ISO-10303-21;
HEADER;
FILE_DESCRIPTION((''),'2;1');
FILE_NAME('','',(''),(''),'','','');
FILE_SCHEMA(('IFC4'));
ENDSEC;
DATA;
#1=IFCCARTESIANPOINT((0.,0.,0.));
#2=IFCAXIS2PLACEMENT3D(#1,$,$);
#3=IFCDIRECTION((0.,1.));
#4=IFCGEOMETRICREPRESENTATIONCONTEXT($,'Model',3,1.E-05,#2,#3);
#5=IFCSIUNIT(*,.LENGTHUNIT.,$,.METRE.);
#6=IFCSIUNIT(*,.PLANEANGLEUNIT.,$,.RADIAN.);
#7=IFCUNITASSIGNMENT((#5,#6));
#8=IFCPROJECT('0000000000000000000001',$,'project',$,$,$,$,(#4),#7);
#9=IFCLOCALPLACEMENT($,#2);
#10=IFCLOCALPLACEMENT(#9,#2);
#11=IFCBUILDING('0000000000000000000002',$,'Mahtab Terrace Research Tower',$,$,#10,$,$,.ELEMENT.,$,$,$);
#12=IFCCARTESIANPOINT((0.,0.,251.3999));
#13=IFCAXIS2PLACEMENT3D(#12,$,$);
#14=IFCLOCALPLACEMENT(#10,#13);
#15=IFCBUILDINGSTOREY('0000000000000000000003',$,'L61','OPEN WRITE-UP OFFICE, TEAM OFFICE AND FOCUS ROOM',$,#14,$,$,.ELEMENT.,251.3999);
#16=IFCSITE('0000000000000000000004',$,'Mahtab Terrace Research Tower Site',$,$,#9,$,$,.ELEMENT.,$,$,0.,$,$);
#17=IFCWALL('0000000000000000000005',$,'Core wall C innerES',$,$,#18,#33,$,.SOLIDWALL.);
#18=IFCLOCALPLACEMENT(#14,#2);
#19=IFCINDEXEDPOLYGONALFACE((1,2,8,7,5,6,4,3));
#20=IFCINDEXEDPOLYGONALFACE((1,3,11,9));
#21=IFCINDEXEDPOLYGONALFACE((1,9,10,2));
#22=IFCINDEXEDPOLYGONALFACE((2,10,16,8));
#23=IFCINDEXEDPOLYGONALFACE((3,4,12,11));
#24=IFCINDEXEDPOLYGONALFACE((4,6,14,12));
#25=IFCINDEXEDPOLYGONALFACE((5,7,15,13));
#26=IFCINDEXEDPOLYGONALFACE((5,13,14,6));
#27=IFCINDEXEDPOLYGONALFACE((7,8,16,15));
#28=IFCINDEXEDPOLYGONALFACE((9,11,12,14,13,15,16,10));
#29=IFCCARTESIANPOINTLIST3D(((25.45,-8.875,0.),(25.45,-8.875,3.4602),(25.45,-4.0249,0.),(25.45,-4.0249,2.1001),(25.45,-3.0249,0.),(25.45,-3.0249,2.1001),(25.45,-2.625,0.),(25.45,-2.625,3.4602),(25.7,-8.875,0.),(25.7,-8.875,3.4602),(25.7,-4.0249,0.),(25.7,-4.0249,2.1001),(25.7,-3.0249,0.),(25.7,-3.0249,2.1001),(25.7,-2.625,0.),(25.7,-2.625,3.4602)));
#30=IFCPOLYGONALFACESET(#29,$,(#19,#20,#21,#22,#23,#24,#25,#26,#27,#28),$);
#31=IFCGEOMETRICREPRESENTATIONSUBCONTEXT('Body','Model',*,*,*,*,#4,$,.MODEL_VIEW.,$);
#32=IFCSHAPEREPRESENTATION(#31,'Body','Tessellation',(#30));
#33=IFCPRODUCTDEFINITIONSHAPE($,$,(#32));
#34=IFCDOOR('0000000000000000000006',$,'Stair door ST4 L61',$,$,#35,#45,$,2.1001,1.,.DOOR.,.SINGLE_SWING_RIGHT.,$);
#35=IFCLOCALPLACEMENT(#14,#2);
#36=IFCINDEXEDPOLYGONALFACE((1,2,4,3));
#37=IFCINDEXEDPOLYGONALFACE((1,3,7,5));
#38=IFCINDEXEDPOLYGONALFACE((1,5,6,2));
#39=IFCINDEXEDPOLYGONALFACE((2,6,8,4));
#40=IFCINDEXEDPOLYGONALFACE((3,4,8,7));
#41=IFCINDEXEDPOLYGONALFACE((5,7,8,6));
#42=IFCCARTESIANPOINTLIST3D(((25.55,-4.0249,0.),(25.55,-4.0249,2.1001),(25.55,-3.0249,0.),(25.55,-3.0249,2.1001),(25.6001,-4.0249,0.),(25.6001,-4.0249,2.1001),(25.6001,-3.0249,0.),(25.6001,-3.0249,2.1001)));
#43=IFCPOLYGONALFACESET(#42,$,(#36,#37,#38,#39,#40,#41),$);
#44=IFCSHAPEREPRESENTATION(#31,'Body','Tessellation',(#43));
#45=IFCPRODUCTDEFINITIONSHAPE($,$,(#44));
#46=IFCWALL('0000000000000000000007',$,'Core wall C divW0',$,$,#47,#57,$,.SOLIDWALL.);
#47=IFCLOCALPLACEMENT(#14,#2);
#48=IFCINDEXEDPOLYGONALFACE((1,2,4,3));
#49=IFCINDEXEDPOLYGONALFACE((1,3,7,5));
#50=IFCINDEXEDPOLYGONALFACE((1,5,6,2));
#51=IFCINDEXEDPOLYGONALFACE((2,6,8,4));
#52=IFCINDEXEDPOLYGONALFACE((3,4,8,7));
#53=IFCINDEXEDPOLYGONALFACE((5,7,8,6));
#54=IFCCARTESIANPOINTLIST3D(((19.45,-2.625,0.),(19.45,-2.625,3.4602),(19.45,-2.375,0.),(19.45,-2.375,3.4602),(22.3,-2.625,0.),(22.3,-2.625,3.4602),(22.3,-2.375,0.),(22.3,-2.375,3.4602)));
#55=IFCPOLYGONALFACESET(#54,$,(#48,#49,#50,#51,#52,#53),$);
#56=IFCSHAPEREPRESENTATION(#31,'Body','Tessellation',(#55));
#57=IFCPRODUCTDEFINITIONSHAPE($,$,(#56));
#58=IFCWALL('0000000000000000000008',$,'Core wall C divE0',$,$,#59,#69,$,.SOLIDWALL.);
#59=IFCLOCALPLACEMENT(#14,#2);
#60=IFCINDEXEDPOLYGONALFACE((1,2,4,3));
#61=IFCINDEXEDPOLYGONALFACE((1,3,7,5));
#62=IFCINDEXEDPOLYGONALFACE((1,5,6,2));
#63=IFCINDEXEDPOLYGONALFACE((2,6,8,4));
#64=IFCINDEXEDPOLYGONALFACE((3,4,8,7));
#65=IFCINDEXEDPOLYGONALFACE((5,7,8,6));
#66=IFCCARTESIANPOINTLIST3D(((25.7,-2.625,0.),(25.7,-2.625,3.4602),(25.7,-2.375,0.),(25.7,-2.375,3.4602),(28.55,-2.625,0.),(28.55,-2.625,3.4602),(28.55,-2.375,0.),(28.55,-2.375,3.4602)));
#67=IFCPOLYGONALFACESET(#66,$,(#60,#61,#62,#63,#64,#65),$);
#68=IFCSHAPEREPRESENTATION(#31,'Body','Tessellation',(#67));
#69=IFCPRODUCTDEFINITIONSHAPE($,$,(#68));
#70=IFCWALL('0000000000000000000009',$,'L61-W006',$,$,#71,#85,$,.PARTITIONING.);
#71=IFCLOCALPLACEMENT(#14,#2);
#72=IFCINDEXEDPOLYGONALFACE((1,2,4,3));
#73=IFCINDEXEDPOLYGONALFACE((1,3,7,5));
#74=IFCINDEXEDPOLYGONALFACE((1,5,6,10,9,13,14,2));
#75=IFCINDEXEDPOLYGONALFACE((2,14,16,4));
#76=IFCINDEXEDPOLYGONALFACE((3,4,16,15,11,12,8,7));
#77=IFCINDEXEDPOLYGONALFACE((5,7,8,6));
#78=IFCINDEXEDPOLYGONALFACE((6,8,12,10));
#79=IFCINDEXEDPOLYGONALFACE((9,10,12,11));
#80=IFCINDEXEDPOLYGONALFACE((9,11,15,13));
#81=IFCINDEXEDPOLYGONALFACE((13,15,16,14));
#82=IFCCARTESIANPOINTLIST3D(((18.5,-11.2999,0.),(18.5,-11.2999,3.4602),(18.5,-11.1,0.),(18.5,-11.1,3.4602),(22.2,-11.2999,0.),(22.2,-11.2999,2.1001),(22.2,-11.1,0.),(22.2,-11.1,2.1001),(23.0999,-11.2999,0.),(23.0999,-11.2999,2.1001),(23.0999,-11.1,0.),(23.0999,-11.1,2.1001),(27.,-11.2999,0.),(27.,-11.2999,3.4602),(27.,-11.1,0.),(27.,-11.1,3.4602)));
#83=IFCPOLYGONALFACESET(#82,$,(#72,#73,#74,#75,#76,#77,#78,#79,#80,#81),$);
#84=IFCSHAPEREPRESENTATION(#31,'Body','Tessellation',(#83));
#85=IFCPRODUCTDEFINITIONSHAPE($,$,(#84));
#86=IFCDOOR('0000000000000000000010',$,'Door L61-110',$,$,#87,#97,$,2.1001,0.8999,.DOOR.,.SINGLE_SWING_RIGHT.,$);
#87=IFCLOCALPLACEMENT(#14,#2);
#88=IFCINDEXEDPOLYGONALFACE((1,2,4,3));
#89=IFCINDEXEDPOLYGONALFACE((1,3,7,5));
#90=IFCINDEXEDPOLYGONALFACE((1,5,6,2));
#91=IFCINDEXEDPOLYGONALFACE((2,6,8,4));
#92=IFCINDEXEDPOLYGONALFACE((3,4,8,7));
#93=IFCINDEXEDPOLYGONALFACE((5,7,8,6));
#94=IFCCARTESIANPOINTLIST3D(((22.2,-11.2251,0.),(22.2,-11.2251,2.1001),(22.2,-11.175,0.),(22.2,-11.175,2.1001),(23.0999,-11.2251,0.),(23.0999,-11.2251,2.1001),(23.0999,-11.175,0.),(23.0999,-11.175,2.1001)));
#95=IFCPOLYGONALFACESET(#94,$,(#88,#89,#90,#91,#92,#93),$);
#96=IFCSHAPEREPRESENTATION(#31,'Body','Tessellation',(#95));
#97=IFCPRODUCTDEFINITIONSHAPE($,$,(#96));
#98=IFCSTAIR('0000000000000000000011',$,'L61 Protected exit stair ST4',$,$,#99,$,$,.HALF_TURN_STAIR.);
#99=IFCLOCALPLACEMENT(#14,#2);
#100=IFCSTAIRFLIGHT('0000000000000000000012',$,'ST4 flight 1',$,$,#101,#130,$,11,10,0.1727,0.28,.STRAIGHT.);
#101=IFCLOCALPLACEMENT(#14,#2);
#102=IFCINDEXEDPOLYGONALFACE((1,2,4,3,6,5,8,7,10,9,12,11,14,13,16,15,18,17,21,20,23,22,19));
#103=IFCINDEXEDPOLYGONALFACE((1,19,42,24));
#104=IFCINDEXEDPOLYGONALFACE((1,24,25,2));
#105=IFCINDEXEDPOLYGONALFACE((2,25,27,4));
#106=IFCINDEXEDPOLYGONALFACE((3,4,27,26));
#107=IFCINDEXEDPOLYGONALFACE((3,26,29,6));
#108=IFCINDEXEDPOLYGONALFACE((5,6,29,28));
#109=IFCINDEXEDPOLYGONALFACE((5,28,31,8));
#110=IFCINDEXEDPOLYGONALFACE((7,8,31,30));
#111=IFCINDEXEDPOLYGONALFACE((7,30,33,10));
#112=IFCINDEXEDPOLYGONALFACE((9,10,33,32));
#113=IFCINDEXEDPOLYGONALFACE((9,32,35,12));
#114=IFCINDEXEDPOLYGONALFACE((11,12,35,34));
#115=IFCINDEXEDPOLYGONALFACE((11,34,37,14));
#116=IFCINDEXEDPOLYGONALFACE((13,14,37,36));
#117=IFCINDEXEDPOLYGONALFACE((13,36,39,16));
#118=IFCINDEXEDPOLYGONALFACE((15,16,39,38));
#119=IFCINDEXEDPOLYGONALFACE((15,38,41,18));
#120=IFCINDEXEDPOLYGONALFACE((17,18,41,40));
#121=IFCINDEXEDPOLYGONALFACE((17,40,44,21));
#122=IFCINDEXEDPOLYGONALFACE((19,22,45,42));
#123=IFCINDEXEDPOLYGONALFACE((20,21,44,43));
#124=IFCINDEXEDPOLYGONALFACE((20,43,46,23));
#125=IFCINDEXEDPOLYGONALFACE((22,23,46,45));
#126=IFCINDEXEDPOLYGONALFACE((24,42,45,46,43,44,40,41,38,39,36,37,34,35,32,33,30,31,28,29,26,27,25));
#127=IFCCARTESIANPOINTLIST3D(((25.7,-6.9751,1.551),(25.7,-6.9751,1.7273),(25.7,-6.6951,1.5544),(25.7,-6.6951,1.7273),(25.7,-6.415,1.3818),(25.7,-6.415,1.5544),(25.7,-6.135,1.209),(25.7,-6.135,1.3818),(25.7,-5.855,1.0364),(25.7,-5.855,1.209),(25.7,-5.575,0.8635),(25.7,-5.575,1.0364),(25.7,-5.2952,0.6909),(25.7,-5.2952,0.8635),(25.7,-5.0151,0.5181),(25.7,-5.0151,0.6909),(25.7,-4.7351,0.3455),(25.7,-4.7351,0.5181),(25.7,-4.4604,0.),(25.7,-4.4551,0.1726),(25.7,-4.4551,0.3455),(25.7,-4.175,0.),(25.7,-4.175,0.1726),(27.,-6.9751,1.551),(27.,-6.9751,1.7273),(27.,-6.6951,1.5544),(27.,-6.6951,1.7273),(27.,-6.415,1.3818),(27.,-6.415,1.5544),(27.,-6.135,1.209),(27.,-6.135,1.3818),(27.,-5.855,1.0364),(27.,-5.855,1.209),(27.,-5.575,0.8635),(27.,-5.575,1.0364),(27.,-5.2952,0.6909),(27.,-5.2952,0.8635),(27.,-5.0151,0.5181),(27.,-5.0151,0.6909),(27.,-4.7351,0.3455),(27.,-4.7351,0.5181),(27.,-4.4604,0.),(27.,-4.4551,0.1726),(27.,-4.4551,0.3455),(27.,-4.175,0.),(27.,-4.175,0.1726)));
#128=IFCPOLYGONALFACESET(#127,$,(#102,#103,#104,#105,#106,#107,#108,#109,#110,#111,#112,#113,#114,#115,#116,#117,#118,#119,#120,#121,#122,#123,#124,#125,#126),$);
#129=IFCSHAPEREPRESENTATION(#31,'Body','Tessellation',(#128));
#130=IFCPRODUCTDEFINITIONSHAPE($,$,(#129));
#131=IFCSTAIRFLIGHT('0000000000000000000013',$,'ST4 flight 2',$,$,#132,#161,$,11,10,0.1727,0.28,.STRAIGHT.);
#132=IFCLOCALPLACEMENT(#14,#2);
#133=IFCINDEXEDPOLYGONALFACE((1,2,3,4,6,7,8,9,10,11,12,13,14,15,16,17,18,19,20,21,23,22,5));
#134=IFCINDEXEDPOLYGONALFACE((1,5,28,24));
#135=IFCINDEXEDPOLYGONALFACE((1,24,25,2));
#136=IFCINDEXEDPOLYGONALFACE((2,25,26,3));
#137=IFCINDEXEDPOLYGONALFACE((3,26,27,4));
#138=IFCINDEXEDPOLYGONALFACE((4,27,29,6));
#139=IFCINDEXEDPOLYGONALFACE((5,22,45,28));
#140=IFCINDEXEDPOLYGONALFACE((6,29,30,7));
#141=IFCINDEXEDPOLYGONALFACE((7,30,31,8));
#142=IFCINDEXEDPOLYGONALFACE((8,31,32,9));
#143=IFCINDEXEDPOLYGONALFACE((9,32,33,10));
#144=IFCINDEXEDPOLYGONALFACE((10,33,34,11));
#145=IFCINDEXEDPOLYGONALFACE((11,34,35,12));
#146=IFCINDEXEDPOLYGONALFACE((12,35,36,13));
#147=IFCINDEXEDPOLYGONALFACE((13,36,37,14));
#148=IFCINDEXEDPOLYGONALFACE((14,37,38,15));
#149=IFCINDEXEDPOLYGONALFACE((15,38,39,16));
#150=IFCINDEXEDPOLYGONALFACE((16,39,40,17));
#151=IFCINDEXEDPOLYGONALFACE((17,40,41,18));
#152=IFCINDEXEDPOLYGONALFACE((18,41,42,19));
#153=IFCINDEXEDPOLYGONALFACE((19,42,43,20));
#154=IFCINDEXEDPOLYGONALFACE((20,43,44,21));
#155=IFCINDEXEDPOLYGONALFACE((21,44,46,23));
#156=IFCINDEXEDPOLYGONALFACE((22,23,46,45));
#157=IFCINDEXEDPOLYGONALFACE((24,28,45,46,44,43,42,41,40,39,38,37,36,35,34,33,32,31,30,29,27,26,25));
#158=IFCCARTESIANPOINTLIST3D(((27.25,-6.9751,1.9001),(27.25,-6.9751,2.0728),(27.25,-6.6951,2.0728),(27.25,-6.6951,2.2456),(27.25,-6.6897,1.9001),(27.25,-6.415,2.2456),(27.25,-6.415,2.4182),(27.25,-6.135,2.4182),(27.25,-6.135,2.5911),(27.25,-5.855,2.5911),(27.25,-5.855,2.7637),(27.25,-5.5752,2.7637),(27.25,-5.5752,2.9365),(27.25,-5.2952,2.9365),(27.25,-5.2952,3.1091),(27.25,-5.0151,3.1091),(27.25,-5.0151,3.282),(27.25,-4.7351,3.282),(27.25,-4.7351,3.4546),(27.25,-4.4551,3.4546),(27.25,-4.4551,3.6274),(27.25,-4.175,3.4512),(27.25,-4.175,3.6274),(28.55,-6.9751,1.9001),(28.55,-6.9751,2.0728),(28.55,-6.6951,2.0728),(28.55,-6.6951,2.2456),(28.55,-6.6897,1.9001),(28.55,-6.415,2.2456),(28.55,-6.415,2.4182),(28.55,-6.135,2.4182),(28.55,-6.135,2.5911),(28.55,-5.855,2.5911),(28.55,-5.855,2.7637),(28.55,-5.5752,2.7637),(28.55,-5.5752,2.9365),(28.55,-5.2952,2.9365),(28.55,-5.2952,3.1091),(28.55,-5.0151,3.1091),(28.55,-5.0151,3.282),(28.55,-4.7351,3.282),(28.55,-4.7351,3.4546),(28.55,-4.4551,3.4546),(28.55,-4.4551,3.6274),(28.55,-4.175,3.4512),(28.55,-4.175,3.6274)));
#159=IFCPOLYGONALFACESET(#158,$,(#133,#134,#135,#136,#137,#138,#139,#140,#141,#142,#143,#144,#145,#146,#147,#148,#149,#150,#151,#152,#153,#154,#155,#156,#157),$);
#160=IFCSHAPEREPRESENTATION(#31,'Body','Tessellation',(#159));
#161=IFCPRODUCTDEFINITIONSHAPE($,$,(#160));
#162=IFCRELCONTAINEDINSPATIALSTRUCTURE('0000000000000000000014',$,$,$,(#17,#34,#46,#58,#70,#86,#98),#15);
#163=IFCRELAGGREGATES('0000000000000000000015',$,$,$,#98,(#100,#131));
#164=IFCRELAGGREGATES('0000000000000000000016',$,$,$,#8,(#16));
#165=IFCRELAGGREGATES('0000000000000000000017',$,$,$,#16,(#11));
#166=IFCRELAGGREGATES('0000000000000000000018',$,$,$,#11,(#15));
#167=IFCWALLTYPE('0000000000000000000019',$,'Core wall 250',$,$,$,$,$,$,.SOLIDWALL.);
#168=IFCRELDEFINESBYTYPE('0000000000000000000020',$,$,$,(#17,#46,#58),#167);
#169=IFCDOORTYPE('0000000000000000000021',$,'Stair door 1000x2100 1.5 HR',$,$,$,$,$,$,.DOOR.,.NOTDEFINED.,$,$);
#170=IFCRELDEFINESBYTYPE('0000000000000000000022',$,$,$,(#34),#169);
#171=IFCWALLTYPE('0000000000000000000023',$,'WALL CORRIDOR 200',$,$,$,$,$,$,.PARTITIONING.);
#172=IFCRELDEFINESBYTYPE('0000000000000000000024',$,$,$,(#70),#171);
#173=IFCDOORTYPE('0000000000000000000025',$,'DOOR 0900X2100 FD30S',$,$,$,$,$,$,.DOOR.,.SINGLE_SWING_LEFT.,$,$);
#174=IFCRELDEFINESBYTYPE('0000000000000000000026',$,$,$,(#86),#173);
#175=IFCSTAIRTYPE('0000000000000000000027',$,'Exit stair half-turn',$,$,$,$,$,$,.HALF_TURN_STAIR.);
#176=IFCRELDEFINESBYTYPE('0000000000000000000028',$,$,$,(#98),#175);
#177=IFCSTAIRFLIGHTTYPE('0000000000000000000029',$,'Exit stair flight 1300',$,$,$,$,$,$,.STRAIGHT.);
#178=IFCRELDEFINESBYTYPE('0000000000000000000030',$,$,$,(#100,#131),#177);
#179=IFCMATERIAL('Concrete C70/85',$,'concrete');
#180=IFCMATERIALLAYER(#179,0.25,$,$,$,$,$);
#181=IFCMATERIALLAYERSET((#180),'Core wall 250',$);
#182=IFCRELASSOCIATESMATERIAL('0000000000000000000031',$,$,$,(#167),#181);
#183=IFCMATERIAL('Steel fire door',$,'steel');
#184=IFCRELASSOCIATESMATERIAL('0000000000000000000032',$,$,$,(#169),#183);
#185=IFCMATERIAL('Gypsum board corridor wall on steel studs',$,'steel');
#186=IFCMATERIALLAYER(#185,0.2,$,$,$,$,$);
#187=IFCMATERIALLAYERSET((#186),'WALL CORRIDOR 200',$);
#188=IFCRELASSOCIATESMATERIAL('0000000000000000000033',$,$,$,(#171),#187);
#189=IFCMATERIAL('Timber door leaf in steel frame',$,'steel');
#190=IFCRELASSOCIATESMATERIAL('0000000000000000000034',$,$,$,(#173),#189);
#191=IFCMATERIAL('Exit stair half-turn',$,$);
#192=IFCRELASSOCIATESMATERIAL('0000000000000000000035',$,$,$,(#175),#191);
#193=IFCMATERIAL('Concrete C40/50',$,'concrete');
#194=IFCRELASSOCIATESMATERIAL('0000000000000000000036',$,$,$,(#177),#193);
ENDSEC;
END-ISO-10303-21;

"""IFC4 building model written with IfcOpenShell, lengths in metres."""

from ifc_helpers import new_model, si_unit, direction, frame, frame_2d, origin, place, context, subcontext, project, spatial, polyline, rectangle, outline, extrude, material, layer, layer_set, type_object, element, fill, aggregate, save


model = new_model("IFC4")

# Units and contexts
model_context = context("Model", 3, precision=1e-05, world=origin(), true_north=direction((0.0, 1.0)))
body_context = subcontext(model_context, "Body", "Model", "MODEL_VIEW")
ifc_project = project(units=[si_unit("LENGTHUNIT", "METRE"), si_unit("PLANEANGLEUNIT", "RADIAN")], contexts=[model_context])

# Site, building, storey
site_placement = place(None, origin())
site = spatial("IfcSite", under=ifc_project, at=site_placement, Name="Mahtab Terrace Research Tower Site", CompositionType="ELEMENT", RefElevation=0.0)
building_placement = place(site_placement, origin())
building = spatial("IfcBuilding", under=site, at=building_placement, Name="Mahtab Terrace Research Tower", CompositionType="ELEMENT")
storey_placement = place(building_placement, frame((0.0, 0.0, 251.3999)))
storey = spatial("IfcBuildingStorey", under=building, at=storey_placement, Name="L61", Description="OPEN WRITE-UP OFFICE, TEAM OFFICE AND FOCUS ROOM", CompositionType="ELEMENT", Elevation=251.3999)

# Shared definitions
ifc_material_1 = material(Name="Concrete C70/85", Category="concrete")

# Shared definitions
ifc_layer_1 = layer(ifc_material_1, 0.25)
ifc_layer_set_1 = layer_set([ifc_layer_1], Name="Core wall 250")
wall_type_1 = type_object("IfcWallType", Name="Core wall 250", PredefinedType="SOLIDWALL", material=ifc_layer_set_1)
ifc_material_2 = material(Name="Steel fire door", Category="steel")

# Wall, opening, door
wall_1_placement = place(storey_placement, frame((25.575, -8.875, 0.0), z_axis=(0.0, 0.0, 1.0), x_axis=(0.0, 1.0, 0.0)))
wall_1 = element("IfcWall", 1, at=wall_1_placement, inside=storey, type_object=wall_type_1, Name="Core wall C innerES", PredefinedType="SOLIDWALL", context=body_context, shape_type="SweptSolid", body=[
    extrude(rectangle(XDim=6.25, YDim=0.25, at=frame_2d((3.125, 0.0))), origin(), (0.0, 0.0, 1.0), 3.4602),
])
opening_1_placement = place(wall_1_placement, frame((4.8501, 0.0, 0.0)))
opening_1 = element("IfcOpeningElement", 2, at=opening_1_placement, cuts=wall_1, PredefinedType="OPENING", context=body_context, shape_type="SweptSolid", body=[
    extrude(rectangle(XDim=1.0, YDim=2.1001, at=frame_2d((0.5, 1.05))), frame((0.0, 0.135, 0.0), z_axis=(0.0, -1.0, 0.0), x_axis=(1.0, 0.0, 0.0)), (0.0, 0.0, 1.0), 0.27),
])
door_type_1 = type_object("IfcDoorType", Name="Stair door 1000x2100 1.5 HR", OperationType="NOTDEFINED", PredefinedType="DOOR", material=ifc_material_2)
door_1_placement = place(opening_1_placement, origin())
door_1 = element("IfcDoor", 3, at=door_1_placement, inside=storey, type_object=door_type_1, Name="Stair door ST4 L61", OperationType="SINGLE_SWING_RIGHT", OverallHeight=2.1001, OverallWidth=1.0, PredefinedType="DOOR", context=body_context, shape_type="SweptSolid", body=[
    extrude(rectangle(XDim=1.0, YDim=2.1001, at=frame_2d((0.5, 1.05))), frame((0.0, 0.0249, 0.0), z_axis=(0.0, -1.0, 0.0), x_axis=(1.0, 0.0, 0.0)), (0.0, 0.0, 1.0), 0.05),
])
fill(opening_1, door_1)

# Walls
for number, where, z_axis, x_axis, name in (
    (4, (19.45, -2.5, 0.0), (0.0, 0.0, 1.0), (1.0, 0.0, 0.0), "Core wall C divW0"),
    (5, (25.7, -2.5, 0.0), (0.0, 0.0, 1.0), (1.0, 0.0, 0.0), "Core wall C divE0"),
):
    element("IfcWall", number, at=place(storey_placement, frame(where, z_axis=z_axis, x_axis=x_axis)), inside=storey, type_object=wall_type_1, Name=name, PredefinedType="SOLIDWALL", context=body_context, shape_type="SweptSolid", body=[
        extrude(rectangle(XDim=2.8501, YDim=0.25, at=frame_2d((1.425, 0.0))), origin(), (0.0, 0.0, 1.0), 3.4602),
    ])

# Wall, opening, door
ifc_material_3 = material(Name="Gypsum board corridor wall on steel studs", Category="steel")
ifc_layer_2 = layer(ifc_material_3, 0.2)
ifc_layer_set_2 = layer_set([ifc_layer_2], Name="WALL CORRIDOR 200")
wall_type_2 = type_object("IfcWallType", Name="WALL CORRIDOR 200", PredefinedType="PARTITIONING", material=ifc_layer_set_2)
wall_2_placement = place(storey_placement, frame((18.5, -11.2, 0.0), z_axis=(0.0, 0.0, 1.0), x_axis=(1.0, 0.0, 0.0)))
wall_2 = element("IfcWall", 6, at=wall_2_placement, inside=storey, type_object=wall_type_2, Name="L61-W006", PredefinedType="PARTITIONING", context=body_context, shape_type="SweptSolid", body=[
    extrude(rectangle(XDim=8.5, YDim=0.2, at=frame_2d((4.25, 0.0))), origin(), (0.0, 0.0, 1.0), 3.4602),
])
opening_2_placement = place(wall_2_placement, frame((3.7, 0.0, 0.0)))
opening_2 = element("IfcOpeningElement", 7, at=opening_2_placement, cuts=wall_2, PredefinedType="OPENING", context=body_context, shape_type="SweptSolid", body=[
    extrude(rectangle(XDim=0.8999, YDim=2.1001, at=frame_2d((0.45, 1.05))), frame((0.0, 0.1099, 0.0), z_axis=(0.0, -1.0, 0.0), x_axis=(1.0, 0.0, 0.0)), (0.0, 0.0, 1.0), 0.22),
])
ifc_material_4 = material(Name="Timber door leaf in steel frame", Category="steel")
door_type_2 = type_object("IfcDoorType", Name="DOOR 0900X2100 FD30S", OperationType="SINGLE_SWING_LEFT", PredefinedType="DOOR", material=ifc_material_4)
door_2_placement = place(opening_2_placement, origin())
door_2 = element("IfcDoor", 8, at=door_2_placement, inside=storey, type_object=door_type_2, Name="Door L61-110", OperationType="SINGLE_SWING_RIGHT", OverallHeight=2.1001, OverallWidth=0.8999, PredefinedType="DOOR", context=body_context, shape_type="SweptSolid", body=[
    extrude(rectangle(XDim=0.8999, YDim=2.1001, at=frame_2d((0.45, 1.05))), frame((0.0, 0.0249, 0.0), z_axis=(0.0, -1.0, 0.0), x_axis=(1.0, 0.0, 0.0)), (0.0, 0.0, 1.0), 0.05),
])
fill(opening_2, door_2)

# Stair, stair flights
ifc_material_5 = material(Name="Exit stair half-turn")
stair_type = type_object("IfcStairType", Name="Exit stair half-turn", PredefinedType="HALF_TURN_STAIR", material=ifc_material_5)
stair_placement = place(storey_placement, origin())
stair = element("IfcStair", 9, at=stair_placement, inside=storey, type_object=stair_type, Name="L61 Protected exit stair ST4", PredefinedType="HALF_TURN_STAIR")
ifc_material_6 = material(Name="Concrete C40/50", Category="concrete")
stair_flight_type = type_object("IfcStairFlightType", Name="Exit stair flight 1300", PredefinedType="STRAIGHT", material=ifc_material_6)
stair_flight_1_placement = place(storey_placement, frame((26.3501, -4.175, 0.0), z_axis=(0.0, 0.0, 1.0), x_axis=(0.0, -1.0, 0.0)))
stair_flight_1 = element("IfcStairFlight", 10, at=stair_flight_1_placement, type_object=stair_flight_type, Name="ST4 flight 1", NumberOfRisers=11, NumberOfTreads=10, PredefinedType="STRAIGHT", RiserHeight=0.1727, TreadLength=0.28, context=body_context, shape_type="SweptSolid", body=[
    extrude(outline(polyline([(0.0, 0.0), (0.0, 0.1726), (0.28, 0.1726), (0.28, 0.3455), (0.5601, 0.3455), (0.5601, 0.5181), (0.8401, 0.5181), (0.8401, 0.6909), (1.1201, 0.6909), (1.1201, 0.8635), (1.3999, 0.8635), (1.3999, 1.0364), (1.6799, 1.0364), (1.6799, 1.209), (1.96, 1.209), (1.96, 1.3818), (2.24, 1.3818), (2.24, 1.5544), (2.52, 1.5544), (2.52, 1.7273), (2.8, 1.7273), (2.8, 1.8999), (2.8, 1.551), (0.2854, 0.0), (0.0, 0.0)])), frame((0.0, 0.6499, 0.0), z_axis=(0.0, -1.0, 0.0), x_axis=(1.0, 0.0, 0.0)), (0.0, 0.0, 1.0), 1.3),
])
stair_flight_2_placement = place(storey_placement, frame((27.8999, -6.9751, 1.9001), z_axis=(0.0, 0.0, 1.0), x_axis=(0.0, 1.0, 0.0)))
stair_flight_2 = element("IfcStairFlight", 11, at=stair_flight_2_placement, type_object=stair_flight_type, Name="ST4 flight 2", NumberOfRisers=11, NumberOfTreads=10, PredefinedType="STRAIGHT", RiserHeight=0.1727, TreadLength=0.28, context=body_context, shape_type="SweptSolid", body=[
    extrude(outline(polyline([(0.0, 0.0), (0.0, 0.1726), (0.28, 0.1726), (0.28, 0.3455), (0.5601, 0.3455), (0.5601, 0.5181), (0.8401, 0.5181), (0.8401, 0.6909), (1.1201, 0.6909), (1.1201, 0.8635), (1.3999, 0.8635), (1.3999, 1.0364), (1.6799, 1.0364), (1.6799, 1.209), (1.96, 1.209), (1.96, 1.3818), (2.24, 1.3818), (2.24, 1.5544), (2.52, 1.5544), (2.52, 1.7273), (2.8, 1.7273), (2.8, 1.8999), (2.8, 1.551), (0.2854, 0.0), (0.0, 0.0)])), frame((0.0, 0.6499, 0.0), z_axis=(0.0, -1.0, 0.0), x_axis=(1.0, 0.0, 0.0)), (0.0, 0.0, 1.0), 1.3),
])
aggregate(stair, [stair_flight_1, stair_flight_2])

save(model, "model.ifc")
